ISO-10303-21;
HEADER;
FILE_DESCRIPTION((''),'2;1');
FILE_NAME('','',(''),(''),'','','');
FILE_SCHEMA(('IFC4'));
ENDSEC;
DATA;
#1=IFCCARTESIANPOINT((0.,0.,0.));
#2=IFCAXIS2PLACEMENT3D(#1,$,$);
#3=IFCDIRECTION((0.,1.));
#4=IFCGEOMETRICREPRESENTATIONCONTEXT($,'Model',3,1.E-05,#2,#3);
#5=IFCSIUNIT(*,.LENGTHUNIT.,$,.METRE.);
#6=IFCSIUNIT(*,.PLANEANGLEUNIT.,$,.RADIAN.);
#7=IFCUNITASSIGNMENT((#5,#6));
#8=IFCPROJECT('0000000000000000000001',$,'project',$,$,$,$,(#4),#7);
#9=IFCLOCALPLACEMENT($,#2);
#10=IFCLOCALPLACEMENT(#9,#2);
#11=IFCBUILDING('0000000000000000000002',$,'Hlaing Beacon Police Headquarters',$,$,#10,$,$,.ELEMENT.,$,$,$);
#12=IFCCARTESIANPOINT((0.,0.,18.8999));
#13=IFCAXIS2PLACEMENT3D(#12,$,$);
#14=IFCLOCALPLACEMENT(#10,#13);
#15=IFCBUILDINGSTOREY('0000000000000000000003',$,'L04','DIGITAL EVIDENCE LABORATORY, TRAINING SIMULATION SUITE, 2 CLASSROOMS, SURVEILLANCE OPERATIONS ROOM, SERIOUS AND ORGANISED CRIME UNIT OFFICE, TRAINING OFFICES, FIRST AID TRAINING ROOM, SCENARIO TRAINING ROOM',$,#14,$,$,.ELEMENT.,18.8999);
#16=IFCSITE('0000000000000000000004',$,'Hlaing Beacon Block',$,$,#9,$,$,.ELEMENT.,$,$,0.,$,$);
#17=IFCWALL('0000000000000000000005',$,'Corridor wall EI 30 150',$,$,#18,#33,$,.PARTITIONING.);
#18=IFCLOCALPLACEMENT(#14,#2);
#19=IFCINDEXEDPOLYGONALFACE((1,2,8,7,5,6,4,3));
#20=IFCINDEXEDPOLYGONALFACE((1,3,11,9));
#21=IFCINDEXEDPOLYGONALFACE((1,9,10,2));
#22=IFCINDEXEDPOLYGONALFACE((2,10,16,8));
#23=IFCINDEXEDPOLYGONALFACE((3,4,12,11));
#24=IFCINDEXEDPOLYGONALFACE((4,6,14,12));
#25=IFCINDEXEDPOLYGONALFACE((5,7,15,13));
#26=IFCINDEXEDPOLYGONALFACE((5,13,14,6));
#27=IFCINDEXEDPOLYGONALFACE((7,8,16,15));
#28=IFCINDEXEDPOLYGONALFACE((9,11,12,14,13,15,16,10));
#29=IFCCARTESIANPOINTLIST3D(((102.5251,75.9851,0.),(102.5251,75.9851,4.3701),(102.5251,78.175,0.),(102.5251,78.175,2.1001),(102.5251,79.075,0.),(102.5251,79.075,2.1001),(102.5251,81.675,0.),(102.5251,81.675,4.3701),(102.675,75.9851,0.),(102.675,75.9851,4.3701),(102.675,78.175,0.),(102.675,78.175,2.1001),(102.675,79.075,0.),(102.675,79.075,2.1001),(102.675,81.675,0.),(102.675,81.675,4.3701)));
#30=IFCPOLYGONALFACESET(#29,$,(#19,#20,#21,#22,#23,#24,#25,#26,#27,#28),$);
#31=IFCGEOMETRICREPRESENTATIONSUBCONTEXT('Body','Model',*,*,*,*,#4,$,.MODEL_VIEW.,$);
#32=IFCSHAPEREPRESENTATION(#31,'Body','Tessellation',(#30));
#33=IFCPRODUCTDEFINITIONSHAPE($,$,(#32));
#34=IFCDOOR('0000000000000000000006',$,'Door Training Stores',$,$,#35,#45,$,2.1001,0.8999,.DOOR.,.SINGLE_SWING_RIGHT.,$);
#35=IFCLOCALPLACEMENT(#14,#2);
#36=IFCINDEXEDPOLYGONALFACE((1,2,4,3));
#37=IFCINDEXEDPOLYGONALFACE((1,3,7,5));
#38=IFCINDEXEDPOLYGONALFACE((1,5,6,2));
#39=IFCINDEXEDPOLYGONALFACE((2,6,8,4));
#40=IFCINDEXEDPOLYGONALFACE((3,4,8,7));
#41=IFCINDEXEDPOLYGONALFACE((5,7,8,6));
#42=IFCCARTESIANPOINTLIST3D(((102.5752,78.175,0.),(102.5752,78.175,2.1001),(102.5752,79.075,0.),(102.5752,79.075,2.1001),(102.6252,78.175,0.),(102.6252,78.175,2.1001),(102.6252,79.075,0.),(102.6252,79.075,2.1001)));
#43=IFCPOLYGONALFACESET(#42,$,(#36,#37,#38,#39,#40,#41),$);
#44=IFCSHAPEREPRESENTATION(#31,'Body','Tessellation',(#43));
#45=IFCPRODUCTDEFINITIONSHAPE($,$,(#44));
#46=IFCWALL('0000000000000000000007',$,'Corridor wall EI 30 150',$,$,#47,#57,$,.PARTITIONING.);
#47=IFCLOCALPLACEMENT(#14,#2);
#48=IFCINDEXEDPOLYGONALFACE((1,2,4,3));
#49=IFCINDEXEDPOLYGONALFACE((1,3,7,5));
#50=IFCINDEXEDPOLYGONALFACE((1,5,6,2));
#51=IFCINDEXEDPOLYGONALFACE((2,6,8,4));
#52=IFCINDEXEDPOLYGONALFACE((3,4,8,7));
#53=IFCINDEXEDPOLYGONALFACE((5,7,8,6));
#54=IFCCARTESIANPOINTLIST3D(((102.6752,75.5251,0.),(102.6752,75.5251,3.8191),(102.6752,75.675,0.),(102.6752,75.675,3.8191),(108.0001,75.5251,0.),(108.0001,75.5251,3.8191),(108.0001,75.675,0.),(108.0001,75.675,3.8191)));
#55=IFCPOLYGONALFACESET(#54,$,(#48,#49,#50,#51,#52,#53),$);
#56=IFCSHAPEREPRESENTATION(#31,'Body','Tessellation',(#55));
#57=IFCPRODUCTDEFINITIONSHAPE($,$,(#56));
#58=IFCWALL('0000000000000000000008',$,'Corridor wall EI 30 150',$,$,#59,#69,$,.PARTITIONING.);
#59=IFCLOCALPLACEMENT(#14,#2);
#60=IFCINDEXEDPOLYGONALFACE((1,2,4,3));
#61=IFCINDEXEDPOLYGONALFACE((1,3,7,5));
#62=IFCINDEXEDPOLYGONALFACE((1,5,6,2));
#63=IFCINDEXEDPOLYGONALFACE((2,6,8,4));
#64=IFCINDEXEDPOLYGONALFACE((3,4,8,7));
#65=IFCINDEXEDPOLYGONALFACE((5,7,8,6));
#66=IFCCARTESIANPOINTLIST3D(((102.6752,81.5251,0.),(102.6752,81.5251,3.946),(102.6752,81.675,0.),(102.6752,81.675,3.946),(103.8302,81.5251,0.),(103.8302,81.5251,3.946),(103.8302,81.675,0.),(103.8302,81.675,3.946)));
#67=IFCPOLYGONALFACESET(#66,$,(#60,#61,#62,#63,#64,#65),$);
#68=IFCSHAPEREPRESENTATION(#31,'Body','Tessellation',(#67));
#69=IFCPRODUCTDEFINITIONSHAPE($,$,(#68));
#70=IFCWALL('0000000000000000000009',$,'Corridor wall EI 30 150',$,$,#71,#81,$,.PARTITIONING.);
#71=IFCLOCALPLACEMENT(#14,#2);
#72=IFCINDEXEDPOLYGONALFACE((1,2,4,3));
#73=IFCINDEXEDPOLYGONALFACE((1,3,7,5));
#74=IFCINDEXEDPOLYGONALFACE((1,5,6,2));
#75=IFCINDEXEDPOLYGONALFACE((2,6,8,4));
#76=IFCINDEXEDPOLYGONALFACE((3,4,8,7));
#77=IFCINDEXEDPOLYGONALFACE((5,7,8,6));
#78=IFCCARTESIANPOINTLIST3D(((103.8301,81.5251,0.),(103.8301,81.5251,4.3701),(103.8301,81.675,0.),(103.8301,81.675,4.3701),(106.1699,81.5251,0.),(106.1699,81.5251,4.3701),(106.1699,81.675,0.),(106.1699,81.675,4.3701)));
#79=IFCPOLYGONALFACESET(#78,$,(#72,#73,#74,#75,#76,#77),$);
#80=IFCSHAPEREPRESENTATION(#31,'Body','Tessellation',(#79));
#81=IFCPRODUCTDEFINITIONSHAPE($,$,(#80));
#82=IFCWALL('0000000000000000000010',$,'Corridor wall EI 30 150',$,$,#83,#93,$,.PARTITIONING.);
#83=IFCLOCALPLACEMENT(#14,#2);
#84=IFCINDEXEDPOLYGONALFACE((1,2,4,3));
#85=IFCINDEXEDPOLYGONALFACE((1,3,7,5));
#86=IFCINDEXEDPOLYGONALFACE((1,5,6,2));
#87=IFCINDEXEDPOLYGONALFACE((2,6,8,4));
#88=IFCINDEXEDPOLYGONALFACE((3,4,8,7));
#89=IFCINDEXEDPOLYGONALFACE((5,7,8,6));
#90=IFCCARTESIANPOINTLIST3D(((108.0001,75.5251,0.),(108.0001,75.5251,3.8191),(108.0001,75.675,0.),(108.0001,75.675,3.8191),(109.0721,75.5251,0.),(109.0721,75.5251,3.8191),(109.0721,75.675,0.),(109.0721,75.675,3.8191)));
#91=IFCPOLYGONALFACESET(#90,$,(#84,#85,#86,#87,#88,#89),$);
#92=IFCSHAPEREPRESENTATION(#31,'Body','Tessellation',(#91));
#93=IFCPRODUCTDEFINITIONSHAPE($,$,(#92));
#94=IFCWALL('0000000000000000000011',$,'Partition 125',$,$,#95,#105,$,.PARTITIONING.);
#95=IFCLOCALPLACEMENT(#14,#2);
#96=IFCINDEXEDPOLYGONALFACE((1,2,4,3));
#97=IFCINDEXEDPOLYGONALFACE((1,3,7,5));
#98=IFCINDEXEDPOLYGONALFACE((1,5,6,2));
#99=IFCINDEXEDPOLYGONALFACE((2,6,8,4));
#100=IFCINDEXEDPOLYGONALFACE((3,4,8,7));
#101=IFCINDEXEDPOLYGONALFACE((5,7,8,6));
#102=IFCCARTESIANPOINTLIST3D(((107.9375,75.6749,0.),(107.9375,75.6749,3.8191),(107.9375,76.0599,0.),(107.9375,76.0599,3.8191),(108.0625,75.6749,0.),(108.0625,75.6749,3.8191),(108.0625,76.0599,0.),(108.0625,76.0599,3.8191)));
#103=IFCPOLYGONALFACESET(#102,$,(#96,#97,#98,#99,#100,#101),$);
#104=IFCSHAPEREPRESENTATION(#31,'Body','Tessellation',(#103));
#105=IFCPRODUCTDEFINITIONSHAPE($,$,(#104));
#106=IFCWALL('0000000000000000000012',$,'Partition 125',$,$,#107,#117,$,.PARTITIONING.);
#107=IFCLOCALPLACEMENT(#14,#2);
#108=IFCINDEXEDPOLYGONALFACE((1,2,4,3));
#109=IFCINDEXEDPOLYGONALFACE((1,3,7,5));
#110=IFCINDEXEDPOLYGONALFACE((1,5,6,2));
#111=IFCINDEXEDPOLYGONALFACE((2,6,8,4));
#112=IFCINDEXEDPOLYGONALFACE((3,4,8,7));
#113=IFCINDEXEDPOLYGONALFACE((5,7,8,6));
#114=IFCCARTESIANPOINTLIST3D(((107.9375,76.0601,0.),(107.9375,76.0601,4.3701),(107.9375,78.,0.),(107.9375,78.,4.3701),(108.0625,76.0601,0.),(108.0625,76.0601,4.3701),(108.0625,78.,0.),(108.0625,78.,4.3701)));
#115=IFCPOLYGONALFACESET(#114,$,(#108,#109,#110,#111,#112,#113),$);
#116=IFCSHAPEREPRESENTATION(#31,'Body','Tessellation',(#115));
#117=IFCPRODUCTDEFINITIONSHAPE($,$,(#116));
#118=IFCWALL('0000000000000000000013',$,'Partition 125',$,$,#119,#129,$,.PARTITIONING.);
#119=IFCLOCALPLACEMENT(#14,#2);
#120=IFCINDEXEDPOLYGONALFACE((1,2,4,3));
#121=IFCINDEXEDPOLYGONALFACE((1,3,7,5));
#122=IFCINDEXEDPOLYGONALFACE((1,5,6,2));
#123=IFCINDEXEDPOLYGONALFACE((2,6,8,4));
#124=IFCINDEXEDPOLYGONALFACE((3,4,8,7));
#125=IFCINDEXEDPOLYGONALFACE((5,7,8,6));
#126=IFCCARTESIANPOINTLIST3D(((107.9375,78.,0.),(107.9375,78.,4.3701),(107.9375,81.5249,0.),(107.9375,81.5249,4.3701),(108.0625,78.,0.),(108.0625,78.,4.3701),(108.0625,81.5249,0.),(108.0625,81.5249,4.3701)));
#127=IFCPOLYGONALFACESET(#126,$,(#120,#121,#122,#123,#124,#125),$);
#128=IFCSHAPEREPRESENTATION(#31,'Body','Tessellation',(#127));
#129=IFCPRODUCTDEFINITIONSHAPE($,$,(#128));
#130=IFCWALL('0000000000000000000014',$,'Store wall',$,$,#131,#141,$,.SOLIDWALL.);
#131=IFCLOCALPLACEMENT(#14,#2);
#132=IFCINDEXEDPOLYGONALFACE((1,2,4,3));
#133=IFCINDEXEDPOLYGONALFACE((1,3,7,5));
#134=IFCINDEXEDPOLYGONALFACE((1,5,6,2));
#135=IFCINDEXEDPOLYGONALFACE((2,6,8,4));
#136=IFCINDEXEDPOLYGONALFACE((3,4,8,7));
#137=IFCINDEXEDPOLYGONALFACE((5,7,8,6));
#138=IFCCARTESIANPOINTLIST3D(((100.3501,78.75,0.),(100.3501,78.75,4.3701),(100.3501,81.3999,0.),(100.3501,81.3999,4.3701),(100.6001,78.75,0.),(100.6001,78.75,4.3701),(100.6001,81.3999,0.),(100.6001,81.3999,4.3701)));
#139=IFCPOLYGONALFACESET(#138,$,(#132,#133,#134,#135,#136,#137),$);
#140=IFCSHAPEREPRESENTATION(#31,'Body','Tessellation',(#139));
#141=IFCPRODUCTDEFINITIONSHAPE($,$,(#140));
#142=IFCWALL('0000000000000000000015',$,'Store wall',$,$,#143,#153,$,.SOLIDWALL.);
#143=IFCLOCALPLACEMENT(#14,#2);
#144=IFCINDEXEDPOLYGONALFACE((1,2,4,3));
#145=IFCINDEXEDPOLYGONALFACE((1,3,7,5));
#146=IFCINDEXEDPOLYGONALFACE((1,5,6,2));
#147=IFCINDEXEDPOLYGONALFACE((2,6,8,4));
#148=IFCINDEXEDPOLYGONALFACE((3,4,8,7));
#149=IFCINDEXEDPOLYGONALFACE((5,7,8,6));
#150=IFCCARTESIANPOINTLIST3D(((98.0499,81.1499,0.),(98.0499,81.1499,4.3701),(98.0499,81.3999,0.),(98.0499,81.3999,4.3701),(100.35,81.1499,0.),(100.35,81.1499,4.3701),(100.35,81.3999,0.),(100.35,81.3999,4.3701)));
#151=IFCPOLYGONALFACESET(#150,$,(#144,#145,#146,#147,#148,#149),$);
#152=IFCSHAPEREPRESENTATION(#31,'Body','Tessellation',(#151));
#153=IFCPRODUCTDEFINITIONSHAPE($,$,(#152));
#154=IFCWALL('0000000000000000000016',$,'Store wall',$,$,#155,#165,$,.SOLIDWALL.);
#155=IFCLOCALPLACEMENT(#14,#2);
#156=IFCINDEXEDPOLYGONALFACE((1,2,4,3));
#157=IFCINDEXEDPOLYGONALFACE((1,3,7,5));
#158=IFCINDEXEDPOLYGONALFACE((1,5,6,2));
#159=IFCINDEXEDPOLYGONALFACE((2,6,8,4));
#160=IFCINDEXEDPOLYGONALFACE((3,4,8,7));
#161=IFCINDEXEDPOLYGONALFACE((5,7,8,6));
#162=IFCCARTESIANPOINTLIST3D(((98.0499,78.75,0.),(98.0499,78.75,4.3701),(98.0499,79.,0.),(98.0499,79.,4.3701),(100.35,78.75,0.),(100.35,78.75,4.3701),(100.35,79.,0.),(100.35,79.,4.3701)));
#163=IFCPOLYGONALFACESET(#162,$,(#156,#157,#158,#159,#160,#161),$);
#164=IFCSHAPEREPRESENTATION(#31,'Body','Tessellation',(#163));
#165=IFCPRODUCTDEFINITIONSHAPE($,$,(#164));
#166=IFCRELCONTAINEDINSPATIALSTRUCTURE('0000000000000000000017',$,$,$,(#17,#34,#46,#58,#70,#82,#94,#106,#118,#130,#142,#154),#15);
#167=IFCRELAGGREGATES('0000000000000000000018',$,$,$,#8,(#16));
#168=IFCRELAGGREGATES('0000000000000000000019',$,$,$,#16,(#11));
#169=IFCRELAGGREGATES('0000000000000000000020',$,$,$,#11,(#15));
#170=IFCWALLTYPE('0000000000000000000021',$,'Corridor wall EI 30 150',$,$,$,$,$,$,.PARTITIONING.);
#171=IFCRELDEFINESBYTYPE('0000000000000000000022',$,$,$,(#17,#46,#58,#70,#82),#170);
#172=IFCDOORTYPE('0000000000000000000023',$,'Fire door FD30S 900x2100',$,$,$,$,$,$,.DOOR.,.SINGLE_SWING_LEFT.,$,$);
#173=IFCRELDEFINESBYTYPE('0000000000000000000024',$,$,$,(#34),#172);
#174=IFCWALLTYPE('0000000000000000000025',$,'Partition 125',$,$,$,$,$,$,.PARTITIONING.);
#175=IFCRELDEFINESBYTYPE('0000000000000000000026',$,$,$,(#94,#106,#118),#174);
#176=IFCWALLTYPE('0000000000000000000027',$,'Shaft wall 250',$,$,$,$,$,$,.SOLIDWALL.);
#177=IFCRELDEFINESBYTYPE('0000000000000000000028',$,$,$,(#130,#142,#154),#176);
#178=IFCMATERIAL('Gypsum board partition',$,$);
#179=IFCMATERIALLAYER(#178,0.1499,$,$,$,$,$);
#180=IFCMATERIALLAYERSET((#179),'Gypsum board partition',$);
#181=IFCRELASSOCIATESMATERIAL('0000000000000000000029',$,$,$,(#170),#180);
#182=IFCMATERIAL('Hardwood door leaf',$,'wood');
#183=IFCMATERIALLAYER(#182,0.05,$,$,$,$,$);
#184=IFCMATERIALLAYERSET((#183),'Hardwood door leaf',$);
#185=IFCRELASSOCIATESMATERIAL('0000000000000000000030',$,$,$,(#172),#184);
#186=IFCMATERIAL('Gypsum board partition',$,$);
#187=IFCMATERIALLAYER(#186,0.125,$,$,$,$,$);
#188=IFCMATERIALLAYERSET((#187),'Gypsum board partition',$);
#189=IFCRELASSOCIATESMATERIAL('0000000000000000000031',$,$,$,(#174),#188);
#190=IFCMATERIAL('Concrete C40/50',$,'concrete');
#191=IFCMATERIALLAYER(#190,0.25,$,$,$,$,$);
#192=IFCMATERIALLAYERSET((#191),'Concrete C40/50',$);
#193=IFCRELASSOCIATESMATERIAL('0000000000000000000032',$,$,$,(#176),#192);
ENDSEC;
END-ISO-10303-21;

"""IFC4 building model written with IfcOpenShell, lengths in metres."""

from ifc_helpers import new_model, si_unit, direction, frame, frame_2d, origin, place, context, subcontext, project, spatial, rectangle, extrude, material, layer, layer_set, type_object, element, fill, save


model = new_model("IFC4")

# Units and contexts
model_context = context("Model", 3, precision=1e-05, world=origin(), true_north=direction((0.0, 1.0)))
body_context = subcontext(model_context, "Body", "Model", "MODEL_VIEW")
ifc_project = project(units=[si_unit("LENGTHUNIT", "METRE"), si_unit("PLANEANGLEUNIT", "RADIAN")], contexts=[model_context])

# Site, building, storey
site_placement = place(None, origin())
site = spatial("IfcSite", under=ifc_project, at=site_placement, Name="Hlaing Beacon Block", CompositionType="ELEMENT", RefElevation=0.0)
building_placement = place(site_placement, origin())
building = spatial("IfcBuilding", under=site, at=building_placement, Name="Hlaing Beacon Police Headquarters", CompositionType="ELEMENT")
storey_placement = place(building_placement, frame((0.0, 0.0, 18.8999)))
storey = spatial("IfcBuildingStorey", under=building, at=storey_placement, Name="L04", Description="DIGITAL EVIDENCE LABORATORY, TRAINING SIMULATION SUITE, 2 CLASSROOMS, SURVEILLANCE OPERATIONS ROOM, SERIOUS AND ORGANISED CRIME UNIT OFFICE, TRAINING OFFICES, FIRST AID TRAINING ROOM, SCENARIO TRAINING ROOM", CompositionType="ELEMENT", Elevation=18.8999)

# Shared definitions
ifc_material_1 = material(Name="Gypsum board partition")
ifc_layer_1 = layer(ifc_material_1, 0.1499)
ifc_layer_set_1 = layer_set([ifc_layer_1], Name="Gypsum board partition")
wall_type_1 = type_object("IfcWallType", Name="Corridor wall EI 30 150", PredefinedType="PARTITIONING", material=ifc_layer_set_1)

# Wall, opening, door
wall_1_placement = place(storey_placement, frame((102.6001, 75.9851, 0.0), z_axis=(0.0, 0.0, 1.0), x_axis=(0.0, 1.0, 0.0)))
wall_1 = element("IfcWall", 1, at=wall_1_placement, inside=storey, type_object=wall_type_1, Name="Corridor wall EI 30 150", PredefinedType="PARTITIONING", context=body_context, shape_type="SweptSolid", body=[
    extrude(rectangle(XDim=5.6899, YDim=0.1499, at=frame_2d((2.845, 0.0))), origin(), (0.0, 0.0, 1.0), 4.3701),
])
opening_1_placement = place(wall_1_placement, frame((2.1899, 0.0, 0.0)))
opening_1 = element("IfcOpeningElement", 2, at=opening_1_placement, cuts=wall_1, PredefinedType="OPENING", context=body_context, shape_type="SweptSolid", body=[
    extrude(rectangle(XDim=0.8999, YDim=2.1001, at=frame_2d((0.45, 1.05))), frame((0.0, 0.085, 0.0), z_axis=(0.0, -1.0, 0.0), x_axis=(1.0, 0.0, 0.0)), (0.0, 0.0, 1.0), 0.1699),
])
ifc_material_2 = material(Name="Hardwood door leaf", Category="wood")
ifc_layer_2 = layer(ifc_material_2, 0.05)
ifc_layer_set_2 = layer_set([ifc_layer_2], Name="Hardwood door leaf")
door_type_1 = type_object("IfcDoorType", Name="Fire door FD30S 900x2100", OperationType="SINGLE_SWING_LEFT", PredefinedType="DOOR", material=ifc_layer_set_2)
door_1_placement = place(opening_1_placement, frame((0.8999, 0.0, 0.0), z_axis=(0.0, 0.0, 1.0), x_axis=(-1.0, 0.0, 0.0)))
door_1 = element("IfcDoor", 3, at=door_1_placement, inside=storey, type_object=door_type_1, Name="Door Training Stores", OperationType="SINGLE_SWING_RIGHT", OverallHeight=2.1001, OverallWidth=0.8999, PredefinedType="DOOR", context=body_context, shape_type="SweptSolid", body=[
    extrude(rectangle(XDim=0.8999, YDim=2.1001, at=frame_2d((0.45, 1.05))), frame((0.0, 0.0251, 0.0), z_axis=(0.0, -1.0, 0.0), x_axis=(1.0, 0.0, 0.0)), (0.0, 0.0, 1.0), 0.05),
])
fill(opening_1, door_1)

# Walls
wall_2_placement = place(storey_placement, frame((102.675, 75.6001, 0.0), z_axis=(0.0, 0.0, 1.0), x_axis=(1.0, 0.0, 0.0)))
element("IfcWall", 4, at=wall_2_placement, inside=storey, type_object=wall_type_1, Name="Corridor wall EI 30 150", PredefinedType="PARTITIONING", context=body_context, shape_type="SweptSolid", body=[
    extrude(rectangle(XDim=5.325, YDim=0.1499, at=frame_2d((2.6626, 0.0))), origin(), (0.0, 0.0, 1.0), 3.8191),
])
wall_3_placement = place(storey_placement, frame((102.675, 81.6001, 0.0), z_axis=(0.0, 0.0, 1.0), x_axis=(1.0, 0.0, 0.0)))
element("IfcWall", 5, at=wall_3_placement, inside=storey, type_object=wall_type_1, Name="Corridor wall EI 30 150", PredefinedType="PARTITIONING", context=body_context, shape_type="SweptSolid", body=[
    extrude(rectangle(XDim=1.155, YDim=0.1499, at=frame_2d((0.5776, 0.0))), origin(), (0.0, 0.0, 1.0), 3.946),
])
wall_4_placement = place(storey_placement, frame((103.8301, 81.6001, 0.0), z_axis=(0.0, 0.0, 1.0), x_axis=(1.0, 0.0, 0.0)))
element("IfcWall", 6, at=wall_4_placement, inside=storey, type_object=wall_type_1, Name="Corridor wall EI 30 150", PredefinedType="PARTITIONING", context=body_context, shape_type="SweptSolid", body=[
    extrude(rectangle(XDim=2.3398, YDim=0.1499, at=frame_2d((1.1699, 0.0))), origin(), (0.0, 0.0, 1.0), 4.3701),
])
wall_5_placement = place(storey_placement, frame((108.0, 75.6001, 0.0), z_axis=(0.0, 0.0, 1.0), x_axis=(1.0, 0.0, 0.0)))
element("IfcWall", 7, at=wall_5_placement, inside=storey, type_object=wall_type_1, Name="Corridor wall EI 30 150", PredefinedType="PARTITIONING", context=body_context, shape_type="SweptSolid", body=[
    extrude(rectangle(XDim=1.072, YDim=0.1499, at=frame_2d((0.5361, 0.0))), origin(), (0.0, 0.0, 1.0), 3.8191),
])
ifc_material_3 = material(Name="Gypsum board partition")
ifc_layer_3 = layer(ifc_material_3, 0.125)
ifc_layer_set_3 = layer_set([ifc_layer_3], Name="Gypsum board partition")
wall_type_2 = type_object("IfcWallType", Name="Partition 125", PredefinedType="PARTITIONING", material=ifc_layer_set_3)
wall_6_placement = place(storey_placement, frame((108.0, 75.675, 0.0), z_axis=(0.0, 0.0, 1.0), x_axis=(0.0, 1.0, 0.0)))
element("IfcWall", 8, at=wall_6_placement, inside=storey, type_object=wall_type_2, Name="Partition 125", PredefinedType="PARTITIONING", context=body_context, shape_type="SweptSolid", body=[
    extrude(rectangle(XDim=0.385, YDim=0.125, at=frame_2d((0.1924, 0.0))), origin(), (0.0, 0.0, 1.0), 3.8191),
])
wall_7_placement = place(storey_placement, frame((108.0, 76.0601, 0.0), z_axis=(0.0, 0.0, 1.0), x_axis=(0.0, 1.0, 0.0)))
element("IfcWall", 9, at=wall_7_placement, inside=storey, type_object=wall_type_2, Name="Partition 125", PredefinedType="PARTITIONING", context=body_context, shape_type="SweptSolid", body=[
    extrude(rectangle(XDim=1.9399, YDim=0.125, at=frame_2d((0.97, 0.0))), origin(), (0.0, 0.0, 1.0), 4.3701),
])
wall_8_placement = place(storey_placement, frame((108.0, 78.0, 0.0), z_axis=(0.0, 0.0, 1.0), x_axis=(0.0, 1.0, 0.0)))
element("IfcWall", 10, at=wall_8_placement, inside=storey, type_object=wall_type_2, Name="Partition 125", PredefinedType="PARTITIONING", context=body_context, shape_type="SweptSolid", body=[
    extrude(rectangle(XDim=3.5249, YDim=0.125, at=frame_2d((1.7625, 0.0))), origin(), (0.0, 0.0, 1.0), 4.3701),
])
ifc_material_4 = material(Name="Concrete C40/50", Category="concrete")
ifc_layer_4 = layer(ifc_material_4, 0.25)
ifc_layer_set_4 = layer_set([ifc_layer_4], Name="Concrete C40/50")
wall_type_3 = type_object("IfcWallType", Name="Shaft wall 250", PredefinedType="SOLIDWALL", material=ifc_layer_set_4)
wall_9_placement = place(storey_placement, frame((100.4751, 81.3999, 0.0), z_axis=(0.0, 0.0, 1.0), x_axis=(0.0, -1.0, 0.0)))
element("IfcWall", 11, at=wall_9_placement, inside=storey, type_object=wall_type_3, Name="Store wall", PredefinedType="SOLIDWALL", context=body_context, shape_type="SweptSolid", body=[
    extrude(rectangle(XDim=2.6499, YDim=0.25, at=frame_2d((1.325, 0.0))), origin(), (0.0, 0.0, 1.0), 4.3701),
])
for number, where, z_axis, x_axis, name in (
    (12, (98.05, 81.2749, 0.0), (0.0, 0.0, 1.0), (1.0, 0.0, 0.0), "Store wall"),
    (13, (98.05, 78.875, 0.0), (0.0, 0.0, 1.0), (1.0, 0.0, 0.0), "Store wall"),
):
    element("IfcWall", number, at=place(storey_placement, frame(where, z_axis=z_axis, x_axis=x_axis)), inside=storey, type_object=wall_type_3, Name=name, PredefinedType="SOLIDWALL", context=body_context, shape_type="SweptSolid", body=[
        extrude(rectangle(XDim=2.3, YDim=0.25, at=frame_2d((1.1499, 0.0))), origin(), (0.0, 0.0, 1.0), 4.3701),
    ])

save(model, "model.ifc")
